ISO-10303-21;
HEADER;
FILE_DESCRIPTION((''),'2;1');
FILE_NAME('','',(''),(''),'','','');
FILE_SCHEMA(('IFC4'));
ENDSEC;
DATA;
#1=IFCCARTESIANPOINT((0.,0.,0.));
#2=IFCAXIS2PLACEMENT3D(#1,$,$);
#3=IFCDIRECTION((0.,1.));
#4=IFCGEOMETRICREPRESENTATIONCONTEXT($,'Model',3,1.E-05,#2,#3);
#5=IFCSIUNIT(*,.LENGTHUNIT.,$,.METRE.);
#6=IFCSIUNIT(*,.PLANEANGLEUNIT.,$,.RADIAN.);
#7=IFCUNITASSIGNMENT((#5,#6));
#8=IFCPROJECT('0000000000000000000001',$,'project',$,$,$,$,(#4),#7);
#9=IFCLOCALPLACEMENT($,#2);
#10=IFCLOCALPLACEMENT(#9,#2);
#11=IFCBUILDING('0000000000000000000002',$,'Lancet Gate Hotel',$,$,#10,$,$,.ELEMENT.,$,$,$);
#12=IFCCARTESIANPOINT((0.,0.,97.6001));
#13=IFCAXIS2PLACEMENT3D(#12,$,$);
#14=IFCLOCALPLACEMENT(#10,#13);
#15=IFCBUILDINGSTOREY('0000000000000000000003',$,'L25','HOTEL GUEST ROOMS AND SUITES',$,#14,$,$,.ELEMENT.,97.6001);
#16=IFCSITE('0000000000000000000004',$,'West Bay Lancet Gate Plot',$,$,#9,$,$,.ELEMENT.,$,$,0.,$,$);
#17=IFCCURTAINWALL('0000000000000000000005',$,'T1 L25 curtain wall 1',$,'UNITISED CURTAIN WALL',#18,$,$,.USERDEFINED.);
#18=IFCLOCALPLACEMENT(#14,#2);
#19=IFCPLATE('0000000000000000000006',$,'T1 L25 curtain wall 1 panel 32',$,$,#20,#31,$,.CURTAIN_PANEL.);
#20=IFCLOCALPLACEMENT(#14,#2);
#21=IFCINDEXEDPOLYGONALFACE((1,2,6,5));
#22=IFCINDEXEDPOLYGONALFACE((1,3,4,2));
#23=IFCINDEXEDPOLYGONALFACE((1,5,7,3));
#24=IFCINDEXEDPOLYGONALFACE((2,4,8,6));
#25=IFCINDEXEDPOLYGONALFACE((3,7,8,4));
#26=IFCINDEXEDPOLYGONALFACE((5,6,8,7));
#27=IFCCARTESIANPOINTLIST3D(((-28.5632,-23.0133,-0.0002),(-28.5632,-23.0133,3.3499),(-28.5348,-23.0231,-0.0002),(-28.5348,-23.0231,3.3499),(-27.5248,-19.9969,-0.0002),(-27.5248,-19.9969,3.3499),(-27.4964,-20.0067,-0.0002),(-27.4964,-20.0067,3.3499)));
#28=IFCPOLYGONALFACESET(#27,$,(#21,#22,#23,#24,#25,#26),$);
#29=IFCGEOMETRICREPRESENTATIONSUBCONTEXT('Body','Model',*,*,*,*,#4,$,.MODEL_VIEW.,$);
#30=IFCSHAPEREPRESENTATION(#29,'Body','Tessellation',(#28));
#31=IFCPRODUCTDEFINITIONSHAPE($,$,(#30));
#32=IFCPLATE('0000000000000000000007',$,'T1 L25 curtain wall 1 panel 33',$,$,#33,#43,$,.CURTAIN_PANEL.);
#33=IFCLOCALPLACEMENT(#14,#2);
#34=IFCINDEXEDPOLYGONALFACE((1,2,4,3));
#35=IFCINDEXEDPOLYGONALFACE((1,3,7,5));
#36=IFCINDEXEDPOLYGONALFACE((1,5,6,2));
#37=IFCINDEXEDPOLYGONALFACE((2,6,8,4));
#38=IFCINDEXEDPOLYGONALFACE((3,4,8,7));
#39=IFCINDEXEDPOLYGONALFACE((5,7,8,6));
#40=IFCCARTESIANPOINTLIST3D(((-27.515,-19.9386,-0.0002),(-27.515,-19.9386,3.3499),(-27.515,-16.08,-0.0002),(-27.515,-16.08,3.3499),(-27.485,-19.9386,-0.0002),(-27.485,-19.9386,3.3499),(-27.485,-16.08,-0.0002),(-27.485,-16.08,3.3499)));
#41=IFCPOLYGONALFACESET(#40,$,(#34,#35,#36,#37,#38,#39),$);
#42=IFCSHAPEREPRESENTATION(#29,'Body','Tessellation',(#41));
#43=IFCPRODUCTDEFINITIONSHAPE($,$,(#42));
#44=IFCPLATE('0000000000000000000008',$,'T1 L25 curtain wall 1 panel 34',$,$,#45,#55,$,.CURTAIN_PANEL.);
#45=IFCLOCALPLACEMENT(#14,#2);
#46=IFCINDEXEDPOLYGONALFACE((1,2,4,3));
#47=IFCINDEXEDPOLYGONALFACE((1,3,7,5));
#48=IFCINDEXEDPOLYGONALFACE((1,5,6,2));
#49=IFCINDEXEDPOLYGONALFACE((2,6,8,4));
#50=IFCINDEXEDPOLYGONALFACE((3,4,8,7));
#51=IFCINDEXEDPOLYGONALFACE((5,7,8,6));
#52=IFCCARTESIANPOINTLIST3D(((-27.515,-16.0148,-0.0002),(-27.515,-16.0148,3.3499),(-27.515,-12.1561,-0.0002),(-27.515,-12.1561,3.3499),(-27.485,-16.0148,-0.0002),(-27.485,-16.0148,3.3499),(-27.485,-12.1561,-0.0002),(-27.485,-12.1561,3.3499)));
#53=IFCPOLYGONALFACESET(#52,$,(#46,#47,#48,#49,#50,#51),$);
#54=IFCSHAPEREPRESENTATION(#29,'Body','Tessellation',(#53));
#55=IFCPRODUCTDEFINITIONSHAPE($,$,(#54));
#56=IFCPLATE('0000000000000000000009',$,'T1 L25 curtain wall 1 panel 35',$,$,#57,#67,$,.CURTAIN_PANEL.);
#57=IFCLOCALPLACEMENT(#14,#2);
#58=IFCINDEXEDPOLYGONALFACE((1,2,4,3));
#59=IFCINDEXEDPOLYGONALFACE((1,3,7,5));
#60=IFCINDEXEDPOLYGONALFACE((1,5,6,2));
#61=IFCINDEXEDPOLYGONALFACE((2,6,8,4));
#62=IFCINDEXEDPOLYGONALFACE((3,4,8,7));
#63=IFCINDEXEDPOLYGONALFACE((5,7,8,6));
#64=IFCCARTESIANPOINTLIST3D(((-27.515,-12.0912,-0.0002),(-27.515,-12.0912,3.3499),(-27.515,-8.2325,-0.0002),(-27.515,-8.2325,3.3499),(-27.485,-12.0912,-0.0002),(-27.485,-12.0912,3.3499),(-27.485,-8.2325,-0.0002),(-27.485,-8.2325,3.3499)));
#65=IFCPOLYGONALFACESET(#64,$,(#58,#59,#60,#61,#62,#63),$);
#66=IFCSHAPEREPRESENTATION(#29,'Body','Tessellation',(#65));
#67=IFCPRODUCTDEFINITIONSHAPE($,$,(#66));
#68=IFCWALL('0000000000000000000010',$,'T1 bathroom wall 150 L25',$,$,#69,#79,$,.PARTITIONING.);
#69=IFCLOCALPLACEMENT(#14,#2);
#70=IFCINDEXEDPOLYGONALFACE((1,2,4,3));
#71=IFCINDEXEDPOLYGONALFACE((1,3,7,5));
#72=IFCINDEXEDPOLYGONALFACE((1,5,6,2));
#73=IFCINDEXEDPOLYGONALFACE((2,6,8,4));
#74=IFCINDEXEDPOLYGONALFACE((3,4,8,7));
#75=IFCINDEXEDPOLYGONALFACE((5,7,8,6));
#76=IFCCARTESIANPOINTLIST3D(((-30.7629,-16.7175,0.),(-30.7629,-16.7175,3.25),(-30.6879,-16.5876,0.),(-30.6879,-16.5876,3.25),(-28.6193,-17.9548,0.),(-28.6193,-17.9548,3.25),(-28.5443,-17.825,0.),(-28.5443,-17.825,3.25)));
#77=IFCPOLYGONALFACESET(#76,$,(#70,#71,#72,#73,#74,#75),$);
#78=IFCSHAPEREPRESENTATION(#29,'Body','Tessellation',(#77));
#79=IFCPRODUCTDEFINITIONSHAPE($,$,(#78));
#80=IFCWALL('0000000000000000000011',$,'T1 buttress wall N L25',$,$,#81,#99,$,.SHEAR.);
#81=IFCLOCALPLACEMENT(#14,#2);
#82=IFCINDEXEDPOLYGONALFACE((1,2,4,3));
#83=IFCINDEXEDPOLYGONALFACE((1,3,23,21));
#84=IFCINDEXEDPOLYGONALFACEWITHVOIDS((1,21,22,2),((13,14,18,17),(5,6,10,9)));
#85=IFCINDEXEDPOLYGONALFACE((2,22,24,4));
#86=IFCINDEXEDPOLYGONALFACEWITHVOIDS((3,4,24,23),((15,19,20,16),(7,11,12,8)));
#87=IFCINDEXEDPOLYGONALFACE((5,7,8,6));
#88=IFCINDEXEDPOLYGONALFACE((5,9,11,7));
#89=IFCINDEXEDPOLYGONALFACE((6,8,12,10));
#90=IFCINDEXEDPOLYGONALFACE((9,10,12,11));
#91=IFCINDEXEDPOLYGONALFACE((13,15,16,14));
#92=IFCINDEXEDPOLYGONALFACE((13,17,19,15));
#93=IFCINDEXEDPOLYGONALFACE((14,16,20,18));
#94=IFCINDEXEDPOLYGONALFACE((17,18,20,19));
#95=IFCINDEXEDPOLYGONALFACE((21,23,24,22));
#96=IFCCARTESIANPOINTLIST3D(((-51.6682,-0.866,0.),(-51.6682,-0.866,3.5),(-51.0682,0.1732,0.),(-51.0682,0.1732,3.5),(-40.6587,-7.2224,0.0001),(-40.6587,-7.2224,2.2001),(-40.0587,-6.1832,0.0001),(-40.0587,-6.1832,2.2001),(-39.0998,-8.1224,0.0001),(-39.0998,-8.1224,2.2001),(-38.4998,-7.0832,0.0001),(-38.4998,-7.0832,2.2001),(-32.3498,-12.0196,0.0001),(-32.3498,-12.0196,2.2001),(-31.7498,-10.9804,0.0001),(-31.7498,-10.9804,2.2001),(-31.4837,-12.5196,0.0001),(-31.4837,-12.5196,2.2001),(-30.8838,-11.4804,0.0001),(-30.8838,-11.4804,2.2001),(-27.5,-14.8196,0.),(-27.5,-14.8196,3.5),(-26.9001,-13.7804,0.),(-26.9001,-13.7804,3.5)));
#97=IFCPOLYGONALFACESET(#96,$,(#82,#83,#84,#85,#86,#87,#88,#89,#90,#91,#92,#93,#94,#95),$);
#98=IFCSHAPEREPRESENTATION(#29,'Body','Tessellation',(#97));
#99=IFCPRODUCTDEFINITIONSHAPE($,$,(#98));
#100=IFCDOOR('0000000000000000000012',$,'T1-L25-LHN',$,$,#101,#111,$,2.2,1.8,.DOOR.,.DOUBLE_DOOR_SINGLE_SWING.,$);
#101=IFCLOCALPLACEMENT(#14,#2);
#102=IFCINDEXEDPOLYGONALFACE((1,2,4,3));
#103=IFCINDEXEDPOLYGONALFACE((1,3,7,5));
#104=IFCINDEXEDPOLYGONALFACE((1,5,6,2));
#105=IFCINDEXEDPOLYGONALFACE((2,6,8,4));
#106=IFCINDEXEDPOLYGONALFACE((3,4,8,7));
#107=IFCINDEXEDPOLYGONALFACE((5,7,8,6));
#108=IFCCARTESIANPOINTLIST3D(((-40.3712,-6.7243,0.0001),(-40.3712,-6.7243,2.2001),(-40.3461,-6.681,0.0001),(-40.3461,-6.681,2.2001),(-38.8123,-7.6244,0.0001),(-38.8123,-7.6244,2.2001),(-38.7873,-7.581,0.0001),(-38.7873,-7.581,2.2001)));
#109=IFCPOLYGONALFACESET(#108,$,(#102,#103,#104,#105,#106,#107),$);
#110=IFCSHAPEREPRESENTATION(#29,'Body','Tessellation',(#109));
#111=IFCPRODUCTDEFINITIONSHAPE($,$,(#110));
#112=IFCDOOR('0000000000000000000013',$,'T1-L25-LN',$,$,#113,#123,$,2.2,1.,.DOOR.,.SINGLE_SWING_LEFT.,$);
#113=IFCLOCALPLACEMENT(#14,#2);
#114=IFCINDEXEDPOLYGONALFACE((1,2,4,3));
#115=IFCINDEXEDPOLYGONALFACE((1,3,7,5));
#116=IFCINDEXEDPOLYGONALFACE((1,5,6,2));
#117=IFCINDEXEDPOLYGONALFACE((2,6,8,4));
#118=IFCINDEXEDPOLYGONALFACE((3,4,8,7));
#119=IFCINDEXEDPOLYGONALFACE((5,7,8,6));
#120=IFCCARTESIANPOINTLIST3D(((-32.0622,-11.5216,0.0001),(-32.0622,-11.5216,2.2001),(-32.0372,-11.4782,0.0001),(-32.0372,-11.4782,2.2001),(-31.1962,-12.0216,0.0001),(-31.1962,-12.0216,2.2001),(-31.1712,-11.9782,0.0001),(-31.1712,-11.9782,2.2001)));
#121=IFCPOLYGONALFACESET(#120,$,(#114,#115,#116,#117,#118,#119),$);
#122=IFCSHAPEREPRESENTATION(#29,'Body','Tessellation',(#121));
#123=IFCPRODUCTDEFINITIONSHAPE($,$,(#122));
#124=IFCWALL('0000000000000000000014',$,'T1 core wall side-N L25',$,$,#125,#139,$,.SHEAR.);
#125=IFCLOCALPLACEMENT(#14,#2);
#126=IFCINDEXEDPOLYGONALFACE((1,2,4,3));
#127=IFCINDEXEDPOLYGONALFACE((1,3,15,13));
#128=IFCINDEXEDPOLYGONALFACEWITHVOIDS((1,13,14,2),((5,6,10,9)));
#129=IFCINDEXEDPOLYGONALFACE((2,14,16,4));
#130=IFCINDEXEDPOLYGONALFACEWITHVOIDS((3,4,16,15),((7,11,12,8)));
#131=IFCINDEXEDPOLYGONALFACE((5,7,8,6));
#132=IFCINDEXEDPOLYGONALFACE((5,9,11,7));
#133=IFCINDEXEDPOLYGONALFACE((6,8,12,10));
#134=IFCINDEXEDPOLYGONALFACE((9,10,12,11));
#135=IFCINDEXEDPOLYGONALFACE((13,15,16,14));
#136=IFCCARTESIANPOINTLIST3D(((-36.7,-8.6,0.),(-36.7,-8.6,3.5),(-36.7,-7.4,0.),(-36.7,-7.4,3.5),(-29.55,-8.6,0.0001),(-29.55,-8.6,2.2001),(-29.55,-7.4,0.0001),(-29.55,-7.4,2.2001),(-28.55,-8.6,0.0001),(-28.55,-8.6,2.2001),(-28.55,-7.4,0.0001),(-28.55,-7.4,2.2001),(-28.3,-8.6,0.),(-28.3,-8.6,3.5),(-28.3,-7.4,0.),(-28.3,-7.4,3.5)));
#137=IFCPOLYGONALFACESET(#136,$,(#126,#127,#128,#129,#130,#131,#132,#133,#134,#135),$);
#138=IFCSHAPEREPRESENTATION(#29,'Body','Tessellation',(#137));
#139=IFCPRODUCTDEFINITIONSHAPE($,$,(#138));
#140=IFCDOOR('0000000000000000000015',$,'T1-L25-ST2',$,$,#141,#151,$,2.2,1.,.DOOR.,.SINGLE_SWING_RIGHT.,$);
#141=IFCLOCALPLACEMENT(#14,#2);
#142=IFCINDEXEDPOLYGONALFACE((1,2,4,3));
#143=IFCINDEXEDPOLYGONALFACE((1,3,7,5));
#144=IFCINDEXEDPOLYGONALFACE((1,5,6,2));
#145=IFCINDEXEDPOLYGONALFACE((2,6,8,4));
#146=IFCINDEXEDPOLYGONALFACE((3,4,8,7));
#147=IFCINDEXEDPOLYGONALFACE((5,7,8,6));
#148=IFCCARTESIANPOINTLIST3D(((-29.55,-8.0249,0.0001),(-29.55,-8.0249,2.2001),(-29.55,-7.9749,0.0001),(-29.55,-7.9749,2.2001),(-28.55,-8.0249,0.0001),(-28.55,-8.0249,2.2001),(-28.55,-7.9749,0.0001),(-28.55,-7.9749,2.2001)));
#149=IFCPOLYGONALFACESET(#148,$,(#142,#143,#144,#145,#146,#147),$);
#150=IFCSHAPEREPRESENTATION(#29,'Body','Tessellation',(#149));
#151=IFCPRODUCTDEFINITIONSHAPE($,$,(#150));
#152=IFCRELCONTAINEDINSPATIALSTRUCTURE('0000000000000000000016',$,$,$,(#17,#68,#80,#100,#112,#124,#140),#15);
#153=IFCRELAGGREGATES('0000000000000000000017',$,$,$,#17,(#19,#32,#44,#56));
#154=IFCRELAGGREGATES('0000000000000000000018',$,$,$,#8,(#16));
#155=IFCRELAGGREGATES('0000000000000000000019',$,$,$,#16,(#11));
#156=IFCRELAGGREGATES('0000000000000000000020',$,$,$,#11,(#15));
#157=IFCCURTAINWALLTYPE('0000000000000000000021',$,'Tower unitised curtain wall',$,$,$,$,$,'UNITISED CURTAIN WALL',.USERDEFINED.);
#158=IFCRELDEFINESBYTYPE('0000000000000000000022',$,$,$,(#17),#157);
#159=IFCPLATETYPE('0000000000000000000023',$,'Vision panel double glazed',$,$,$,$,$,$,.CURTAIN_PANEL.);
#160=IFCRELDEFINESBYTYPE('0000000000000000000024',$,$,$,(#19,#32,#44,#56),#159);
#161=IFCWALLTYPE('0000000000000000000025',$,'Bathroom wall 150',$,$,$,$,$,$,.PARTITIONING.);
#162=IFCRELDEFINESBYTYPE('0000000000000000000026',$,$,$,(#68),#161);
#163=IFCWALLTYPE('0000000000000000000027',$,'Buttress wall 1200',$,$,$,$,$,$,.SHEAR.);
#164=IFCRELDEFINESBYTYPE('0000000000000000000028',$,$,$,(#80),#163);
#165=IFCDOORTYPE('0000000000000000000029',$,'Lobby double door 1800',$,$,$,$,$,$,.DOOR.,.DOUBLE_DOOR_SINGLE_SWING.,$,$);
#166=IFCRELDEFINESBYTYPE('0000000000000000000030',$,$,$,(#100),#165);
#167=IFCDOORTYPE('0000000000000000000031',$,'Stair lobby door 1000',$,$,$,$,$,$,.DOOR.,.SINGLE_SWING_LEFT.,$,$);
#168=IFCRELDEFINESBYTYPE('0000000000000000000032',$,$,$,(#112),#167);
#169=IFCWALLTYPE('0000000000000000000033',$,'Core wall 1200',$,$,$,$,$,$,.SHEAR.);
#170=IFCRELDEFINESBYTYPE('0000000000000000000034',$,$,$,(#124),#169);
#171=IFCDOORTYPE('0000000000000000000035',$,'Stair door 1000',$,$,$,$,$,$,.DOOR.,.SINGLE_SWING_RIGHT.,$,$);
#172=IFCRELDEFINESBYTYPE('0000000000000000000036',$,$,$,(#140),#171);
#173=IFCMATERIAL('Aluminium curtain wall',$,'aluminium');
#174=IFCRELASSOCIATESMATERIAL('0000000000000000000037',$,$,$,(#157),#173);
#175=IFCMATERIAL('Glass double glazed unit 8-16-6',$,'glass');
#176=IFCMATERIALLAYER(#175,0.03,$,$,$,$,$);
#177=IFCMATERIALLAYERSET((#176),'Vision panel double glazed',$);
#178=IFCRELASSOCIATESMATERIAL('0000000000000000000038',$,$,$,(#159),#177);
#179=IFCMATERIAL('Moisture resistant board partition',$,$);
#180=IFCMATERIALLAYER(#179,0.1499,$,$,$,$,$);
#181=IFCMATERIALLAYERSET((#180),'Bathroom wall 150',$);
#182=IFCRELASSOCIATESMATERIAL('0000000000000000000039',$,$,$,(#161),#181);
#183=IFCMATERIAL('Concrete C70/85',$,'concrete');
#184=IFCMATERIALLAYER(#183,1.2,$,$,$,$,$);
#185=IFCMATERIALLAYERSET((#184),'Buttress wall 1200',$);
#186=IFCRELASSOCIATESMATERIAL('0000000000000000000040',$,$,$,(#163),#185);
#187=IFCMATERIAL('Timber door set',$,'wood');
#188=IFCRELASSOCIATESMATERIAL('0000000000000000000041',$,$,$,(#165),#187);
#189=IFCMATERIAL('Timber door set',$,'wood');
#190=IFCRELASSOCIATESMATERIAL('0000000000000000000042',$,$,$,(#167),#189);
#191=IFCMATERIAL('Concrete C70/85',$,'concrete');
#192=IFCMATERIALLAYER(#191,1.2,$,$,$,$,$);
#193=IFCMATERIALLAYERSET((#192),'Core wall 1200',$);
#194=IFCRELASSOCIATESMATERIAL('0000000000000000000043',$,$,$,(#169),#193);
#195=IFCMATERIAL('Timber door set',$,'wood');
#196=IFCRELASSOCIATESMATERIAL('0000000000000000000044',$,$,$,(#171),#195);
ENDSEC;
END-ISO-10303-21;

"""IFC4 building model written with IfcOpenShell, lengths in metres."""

from ifc_helpers import new_model, si_unit, direction, frame, frame_2d, origin, origin_2d, place, context, subcontext, project, spatial, rectangle, extrude, material, layer, layer_set, type_object, element, fill, aggregate, save


model = new_model("IFC4")

# Units and contexts
model_context = context("Model", 3, precision=1e-05, world=origin(), true_north=direction((0.0, 1.0)))
body_context = subcontext(model_context, "Body", "Model", "MODEL_VIEW")
ifc_project = project(units=[si_unit("LENGTHUNIT", "METRE"), si_unit("PLANEANGLEUNIT", "RADIAN")], contexts=[model_context])

# Site, building, storey
site_placement = place(None, origin())
site = spatial("IfcSite", under=ifc_project, at=site_placement, Name="West Bay Lancet Gate Plot", CompositionType="ELEMENT", RefElevation=0.0)
building_placement = place(site_placement, origin())
building = spatial("IfcBuilding", under=site, at=building_placement, Name="Lancet Gate Hotel", CompositionType="ELEMENT")
storey_placement = place(building_placement, frame((0.0, 0.0, 97.6001)))
storey = spatial("IfcBuildingStorey", under=building, at=storey_placement, Name="L25", Description="HOTEL GUEST ROOMS AND SUITES", CompositionType="ELEMENT", Elevation=97.6001)

# Curtain wall
ifc_material_1 = material(Name="Aluminium curtain wall", Category="aluminium")
curtain_wall_type = type_object("IfcCurtainWallType", Name="Tower unitised curtain wall", ElementType="UNITISED CURTAIN WALL", PredefinedType="USERDEFINED", material=ifc_material_1)
curtain_wall_placement = place(storey_placement, origin())
curtain_wall = element("IfcCurtainWall", 1, at=curtain_wall_placement, inside=storey, type_object=curtain_wall_type, Name="T1 L25 curtain wall 1", ObjectType="UNITISED CURTAIN WALL", PredefinedType="USERDEFINED")

# Plates
ifc_material_2 = material(Name="Glass double glazed unit 8-16-6", Category="glass")
ifc_layer_1 = layer(ifc_material_2, 0.03)
ifc_layer_set_1 = layer_set([ifc_layer_1], Name="Vision panel double glazed")
plate_type = type_object("IfcPlateType", Name="Vision panel double glazed", PredefinedType="CURTAIN_PANEL", material=ifc_layer_set_1)
plate_1_placement = place(storey_placement, frame((-28.0298, -21.51, -0.0002), z_axis=(0.0, 0.0, 1.0), x_axis=(0.325516, 0.945537, 0.0)))
plate_1 = element("IfcPlate", 2, at=plate_1_placement, type_object=plate_type, Name="T1 L25 curtain wall 1 panel 32", PredefinedType="CURTAIN_PANEL", context=body_context, shape_type="SweptSolid", body=[
    extrude(rectangle(XDim=3.1902, YDim=0.03, at=origin_2d()), origin(), (0.0, 0.0, 1.0), 3.3501),
])
plate_2_placement = place(storey_placement, frame((-27.5, -18.0093, -0.0002), z_axis=(0.0, 0.0, 1.0), x_axis=(0.0, 1.0, 0.0)))
plate_2 = element("IfcPlate", 3, at=plate_2_placement, type_object=plate_type, Name="T1 L25 curtain wall 1 panel 33", PredefinedType="CURTAIN_PANEL", context=body_context, shape_type="SweptSolid", body=[
    extrude(rectangle(XDim=3.8586, YDim=0.03, at=origin_2d()), origin(), (0.0, 0.0, 1.0), 3.3501),
])
plate_3_placement = place(storey_placement, frame((-27.5, -14.0854, -0.0002), z_axis=(0.0, 0.0, 1.0), x_axis=(0.0, 1.0, 0.0)))
plate_3 = element("IfcPlate", 4, at=plate_3_placement, type_object=plate_type, Name="T1 L25 curtain wall 1 panel 34", PredefinedType="CURTAIN_PANEL", context=body_context, shape_type="SweptSolid", body=[
    extrude(rectangle(XDim=3.8586, YDim=0.03, at=origin_2d()), origin(), (0.0, 0.0, 1.0), 3.3501),
])
plate_4_placement = place(storey_placement, frame((-27.5, -10.1619, -0.0002), z_axis=(0.0, 0.0, 1.0), x_axis=(0.0, 1.0, 0.0)))
plate_4 = element("IfcPlate", 5, at=plate_4_placement, type_object=plate_type, Name="T1 L25 curtain wall 1 panel 35", PredefinedType="CURTAIN_PANEL", context=body_context, shape_type="SweptSolid", body=[
    extrude(rectangle(XDim=3.8586, YDim=0.03, at=origin_2d()), origin(), (0.0, 0.0, 1.0), 3.3501),
])
aggregate(curtain_wall, [plate_1, plate_2, plate_3, plate_4])

# Wall
ifc_material_3 = material(Name="Moisture resistant board partition")
ifc_layer_2 = layer(ifc_material_3, 0.1499)
ifc_layer_set_2 = layer_set([ifc_layer_2], Name="Bathroom wall 150")
wall_type_1 = type_object("IfcWallType", Name="Bathroom wall 150", PredefinedType="PARTITIONING", material=ifc_layer_set_2)
wall_1_placement = place(storey_placement, frame((-28.5818, -17.8899, 0.0), z_axis=(0.0, 0.0, 1.0), x_axis=(-0.866074, 0.499916, 0.0)))
element("IfcWall", 6, at=wall_1_placement, inside=storey, type_object=wall_type_1, Name="T1 bathroom wall 150 L25", PredefinedType="PARTITIONING", context=body_context, shape_type="SweptSolid", body=[
    extrude(rectangle(XDim=2.4751, YDim=0.1499, at=frame_2d((1.2375, 0.0))), origin(), (0.0, 0.0, 1.0), 3.25),
])

# Wall, openings, doors
ifc_material_4 = material(Name="Concrete C70/85", Category="concrete")
ifc_layer_3 = layer(ifc_material_4, 1.2)
ifc_layer_set_3 = layer_set([ifc_layer_3], Name="Buttress wall 1200")
wall_type_2 = type_object("IfcWallType", Name="Buttress wall 1200", PredefinedType="SHEAR", material=ifc_layer_set_3)
wall_2_placement = place(storey_placement, frame((-27.2, -14.3, 0.0), z_axis=(0.0, 0.0, 1.0), x_axis=(-0.866024, 0.500002, 0.0)))
wall_2 = element("IfcWall", 7, at=wall_2_placement, inside=storey, type_object=wall_type_2, Name="T1 buttress wall N L25", PredefinedType="SHEAR", context=body_context, shape_type="SweptSolid", body=[
    extrude(rectangle(XDim=27.907, YDim=1.2, at=frame_2d((13.9536, 0.0))), origin(), (0.0, 0.0, 1.0), 3.5),
])
opening_1_placement = place(wall_2_placement, frame((4.6001, 0.0, 0.0)))
opening_1 = element("IfcOpeningElement", 8, at=opening_1_placement, cuts=wall_2, PredefinedType="OPENING", context=body_context, shape_type="SweptSolid", body=[
    extrude(rectangle(XDim=1.0, YDim=2.2, at=frame_2d((0.5, 1.1001))), frame((0.0, 0.6099, 0.0), z_axis=(0.0, -1.0, 0.0), x_axis=(1.0, 0.0, 0.0)), (0.0, 0.0, 1.0), 1.22),
])
opening_2_placement = place(wall_2_placement, frame((13.3945, 0.0, 0.0)))
opening_2 = element("IfcOpeningElement", 9, at=opening_2_placement, cuts=wall_2, PredefinedType="OPENING", context=body_context, shape_type="SweptSolid", body=[
    extrude(rectangle(XDim=1.8, YDim=2.2, at=frame_2d((0.8999, 1.1001))), frame((0.0, 0.6099, 0.0), z_axis=(0.0, -1.0, 0.0), x_axis=(1.0, 0.0, 0.0)), (0.0, 0.0, 1.0), 1.22),
])
ifc_material_5 = material(Name="Timber door set", Category="wood")
door_type_1 = type_object("IfcDoorType", Name="Lobby double door 1800", OperationType="DOUBLE_DOOR_SINGLE_SWING", PredefinedType="DOOR", material=ifc_material_5)
door_1_placement = place(opening_2_placement, origin())
door_1 = element("IfcDoor", 10, at=door_1_placement, inside=storey, type_object=door_type_1, Name="T1-L25-LHN", OperationType="DOUBLE_DOOR_SINGLE_SWING", OverallHeight=2.2, OverallWidth=1.8, PredefinedType="DOOR", context=body_context, shape_type="SweptSolid", body=[
    extrude(rectangle(XDim=1.8, YDim=2.2, at=frame_2d((0.8999, 1.1001))), frame((0.0, 0.0249, 0.0), z_axis=(0.0, -1.0, 0.0), x_axis=(1.0, 0.0, 0.0)), (0.0, 0.0, 1.0), 0.05),
])
fill(opening_2, door_1)
ifc_material_6 = material(Name="Timber door set", Category="wood")
door_type_2 = type_object("IfcDoorType", Name="Stair lobby door 1000", OperationType="SINGLE_SWING_LEFT", PredefinedType="DOOR", material=ifc_material_6)
door_2_placement = place(opening_1_placement, origin())
door_2 = element("IfcDoor", 11, at=door_2_placement, inside=storey, type_object=door_type_2, Name="T1-L25-LN", OperationType="SINGLE_SWING_LEFT", OverallHeight=2.2, OverallWidth=1.0, PredefinedType="DOOR", context=body_context, shape_type="SweptSolid", body=[
    extrude(rectangle(XDim=1.0, YDim=2.2, at=frame_2d((0.5, 1.1001))), frame((0.0, 0.0249, 0.0), z_axis=(0.0, -1.0, 0.0), x_axis=(1.0, 0.0, 0.0)), (0.0, 0.0, 1.0), 0.05),
])
fill(opening_1, door_2)

# Wall, opening, door
ifc_material_7 = material(Name="Concrete C70/85", Category="concrete")
ifc_layer_4 = layer(ifc_material_7, 1.2)
ifc_layer_set_4 = layer_set([ifc_layer_4], Name="Core wall 1200")
wall_type_3 = type_object("IfcWallType", Name="Core wall 1200", PredefinedType="SHEAR", material=ifc_layer_set_4)
wall_3_placement = place(storey_placement, frame((-28.3, -8.0, 0.0), z_axis=(0.0, 0.0, 1.0), x_axis=(-1.0, 0.0, 0.0)))
wall_3 = element("IfcWall", 12, at=wall_3_placement, inside=storey, type_object=wall_type_3, Name="T1 core wall side-N L25", PredefinedType="SHEAR", context=body_context, shape_type="SweptSolid", body=[
    extrude(rectangle(XDim=8.3999, YDim=1.2, at=frame_2d((4.2, 0.0))), origin(), (0.0, 0.0, 1.0), 3.5),
])
opening_3_placement = place(wall_3_placement, frame((0.25, 0.0, 0.0)))
opening_3 = element("IfcOpeningElement", 13, at=opening_3_placement, cuts=wall_3, PredefinedType="OPENING", context=body_context, shape_type="SweptSolid", body=[
    extrude(rectangle(XDim=1.0, YDim=2.2, at=frame_2d((0.5, 1.1001))), frame((0.0, 0.6099, 0.0), z_axis=(0.0, -1.0, 0.0), x_axis=(1.0, 0.0, 0.0)), (0.0, 0.0, 1.0), 1.22),
])
ifc_material_8 = material(Name="Timber door set", Category="wood")
door_type_3 = type_object("IfcDoorType", Name="Stair door 1000", OperationType="SINGLE_SWING_RIGHT", PredefinedType="DOOR", material=ifc_material_8)
door_3_placement = place(opening_3_placement, origin())
door_3 = element("IfcDoor", 14, at=door_3_placement, inside=storey, type_object=door_type_3, Name="T1-L25-ST2", OperationType="SINGLE_SWING_RIGHT", OverallHeight=2.2, OverallWidth=1.0, PredefinedType="DOOR", context=body_context, shape_type="SweptSolid", body=[
    extrude(rectangle(XDim=1.0, YDim=2.2, at=frame_2d((0.5, 1.1001))), frame((0.0, 0.0249, 0.0), z_axis=(0.0, -1.0, 0.0), x_axis=(1.0, 0.0, 0.0)), (0.0, 0.0, 1.0), 0.05),
])
fill(opening_3, door_3)

save(model, "model.ifc")
